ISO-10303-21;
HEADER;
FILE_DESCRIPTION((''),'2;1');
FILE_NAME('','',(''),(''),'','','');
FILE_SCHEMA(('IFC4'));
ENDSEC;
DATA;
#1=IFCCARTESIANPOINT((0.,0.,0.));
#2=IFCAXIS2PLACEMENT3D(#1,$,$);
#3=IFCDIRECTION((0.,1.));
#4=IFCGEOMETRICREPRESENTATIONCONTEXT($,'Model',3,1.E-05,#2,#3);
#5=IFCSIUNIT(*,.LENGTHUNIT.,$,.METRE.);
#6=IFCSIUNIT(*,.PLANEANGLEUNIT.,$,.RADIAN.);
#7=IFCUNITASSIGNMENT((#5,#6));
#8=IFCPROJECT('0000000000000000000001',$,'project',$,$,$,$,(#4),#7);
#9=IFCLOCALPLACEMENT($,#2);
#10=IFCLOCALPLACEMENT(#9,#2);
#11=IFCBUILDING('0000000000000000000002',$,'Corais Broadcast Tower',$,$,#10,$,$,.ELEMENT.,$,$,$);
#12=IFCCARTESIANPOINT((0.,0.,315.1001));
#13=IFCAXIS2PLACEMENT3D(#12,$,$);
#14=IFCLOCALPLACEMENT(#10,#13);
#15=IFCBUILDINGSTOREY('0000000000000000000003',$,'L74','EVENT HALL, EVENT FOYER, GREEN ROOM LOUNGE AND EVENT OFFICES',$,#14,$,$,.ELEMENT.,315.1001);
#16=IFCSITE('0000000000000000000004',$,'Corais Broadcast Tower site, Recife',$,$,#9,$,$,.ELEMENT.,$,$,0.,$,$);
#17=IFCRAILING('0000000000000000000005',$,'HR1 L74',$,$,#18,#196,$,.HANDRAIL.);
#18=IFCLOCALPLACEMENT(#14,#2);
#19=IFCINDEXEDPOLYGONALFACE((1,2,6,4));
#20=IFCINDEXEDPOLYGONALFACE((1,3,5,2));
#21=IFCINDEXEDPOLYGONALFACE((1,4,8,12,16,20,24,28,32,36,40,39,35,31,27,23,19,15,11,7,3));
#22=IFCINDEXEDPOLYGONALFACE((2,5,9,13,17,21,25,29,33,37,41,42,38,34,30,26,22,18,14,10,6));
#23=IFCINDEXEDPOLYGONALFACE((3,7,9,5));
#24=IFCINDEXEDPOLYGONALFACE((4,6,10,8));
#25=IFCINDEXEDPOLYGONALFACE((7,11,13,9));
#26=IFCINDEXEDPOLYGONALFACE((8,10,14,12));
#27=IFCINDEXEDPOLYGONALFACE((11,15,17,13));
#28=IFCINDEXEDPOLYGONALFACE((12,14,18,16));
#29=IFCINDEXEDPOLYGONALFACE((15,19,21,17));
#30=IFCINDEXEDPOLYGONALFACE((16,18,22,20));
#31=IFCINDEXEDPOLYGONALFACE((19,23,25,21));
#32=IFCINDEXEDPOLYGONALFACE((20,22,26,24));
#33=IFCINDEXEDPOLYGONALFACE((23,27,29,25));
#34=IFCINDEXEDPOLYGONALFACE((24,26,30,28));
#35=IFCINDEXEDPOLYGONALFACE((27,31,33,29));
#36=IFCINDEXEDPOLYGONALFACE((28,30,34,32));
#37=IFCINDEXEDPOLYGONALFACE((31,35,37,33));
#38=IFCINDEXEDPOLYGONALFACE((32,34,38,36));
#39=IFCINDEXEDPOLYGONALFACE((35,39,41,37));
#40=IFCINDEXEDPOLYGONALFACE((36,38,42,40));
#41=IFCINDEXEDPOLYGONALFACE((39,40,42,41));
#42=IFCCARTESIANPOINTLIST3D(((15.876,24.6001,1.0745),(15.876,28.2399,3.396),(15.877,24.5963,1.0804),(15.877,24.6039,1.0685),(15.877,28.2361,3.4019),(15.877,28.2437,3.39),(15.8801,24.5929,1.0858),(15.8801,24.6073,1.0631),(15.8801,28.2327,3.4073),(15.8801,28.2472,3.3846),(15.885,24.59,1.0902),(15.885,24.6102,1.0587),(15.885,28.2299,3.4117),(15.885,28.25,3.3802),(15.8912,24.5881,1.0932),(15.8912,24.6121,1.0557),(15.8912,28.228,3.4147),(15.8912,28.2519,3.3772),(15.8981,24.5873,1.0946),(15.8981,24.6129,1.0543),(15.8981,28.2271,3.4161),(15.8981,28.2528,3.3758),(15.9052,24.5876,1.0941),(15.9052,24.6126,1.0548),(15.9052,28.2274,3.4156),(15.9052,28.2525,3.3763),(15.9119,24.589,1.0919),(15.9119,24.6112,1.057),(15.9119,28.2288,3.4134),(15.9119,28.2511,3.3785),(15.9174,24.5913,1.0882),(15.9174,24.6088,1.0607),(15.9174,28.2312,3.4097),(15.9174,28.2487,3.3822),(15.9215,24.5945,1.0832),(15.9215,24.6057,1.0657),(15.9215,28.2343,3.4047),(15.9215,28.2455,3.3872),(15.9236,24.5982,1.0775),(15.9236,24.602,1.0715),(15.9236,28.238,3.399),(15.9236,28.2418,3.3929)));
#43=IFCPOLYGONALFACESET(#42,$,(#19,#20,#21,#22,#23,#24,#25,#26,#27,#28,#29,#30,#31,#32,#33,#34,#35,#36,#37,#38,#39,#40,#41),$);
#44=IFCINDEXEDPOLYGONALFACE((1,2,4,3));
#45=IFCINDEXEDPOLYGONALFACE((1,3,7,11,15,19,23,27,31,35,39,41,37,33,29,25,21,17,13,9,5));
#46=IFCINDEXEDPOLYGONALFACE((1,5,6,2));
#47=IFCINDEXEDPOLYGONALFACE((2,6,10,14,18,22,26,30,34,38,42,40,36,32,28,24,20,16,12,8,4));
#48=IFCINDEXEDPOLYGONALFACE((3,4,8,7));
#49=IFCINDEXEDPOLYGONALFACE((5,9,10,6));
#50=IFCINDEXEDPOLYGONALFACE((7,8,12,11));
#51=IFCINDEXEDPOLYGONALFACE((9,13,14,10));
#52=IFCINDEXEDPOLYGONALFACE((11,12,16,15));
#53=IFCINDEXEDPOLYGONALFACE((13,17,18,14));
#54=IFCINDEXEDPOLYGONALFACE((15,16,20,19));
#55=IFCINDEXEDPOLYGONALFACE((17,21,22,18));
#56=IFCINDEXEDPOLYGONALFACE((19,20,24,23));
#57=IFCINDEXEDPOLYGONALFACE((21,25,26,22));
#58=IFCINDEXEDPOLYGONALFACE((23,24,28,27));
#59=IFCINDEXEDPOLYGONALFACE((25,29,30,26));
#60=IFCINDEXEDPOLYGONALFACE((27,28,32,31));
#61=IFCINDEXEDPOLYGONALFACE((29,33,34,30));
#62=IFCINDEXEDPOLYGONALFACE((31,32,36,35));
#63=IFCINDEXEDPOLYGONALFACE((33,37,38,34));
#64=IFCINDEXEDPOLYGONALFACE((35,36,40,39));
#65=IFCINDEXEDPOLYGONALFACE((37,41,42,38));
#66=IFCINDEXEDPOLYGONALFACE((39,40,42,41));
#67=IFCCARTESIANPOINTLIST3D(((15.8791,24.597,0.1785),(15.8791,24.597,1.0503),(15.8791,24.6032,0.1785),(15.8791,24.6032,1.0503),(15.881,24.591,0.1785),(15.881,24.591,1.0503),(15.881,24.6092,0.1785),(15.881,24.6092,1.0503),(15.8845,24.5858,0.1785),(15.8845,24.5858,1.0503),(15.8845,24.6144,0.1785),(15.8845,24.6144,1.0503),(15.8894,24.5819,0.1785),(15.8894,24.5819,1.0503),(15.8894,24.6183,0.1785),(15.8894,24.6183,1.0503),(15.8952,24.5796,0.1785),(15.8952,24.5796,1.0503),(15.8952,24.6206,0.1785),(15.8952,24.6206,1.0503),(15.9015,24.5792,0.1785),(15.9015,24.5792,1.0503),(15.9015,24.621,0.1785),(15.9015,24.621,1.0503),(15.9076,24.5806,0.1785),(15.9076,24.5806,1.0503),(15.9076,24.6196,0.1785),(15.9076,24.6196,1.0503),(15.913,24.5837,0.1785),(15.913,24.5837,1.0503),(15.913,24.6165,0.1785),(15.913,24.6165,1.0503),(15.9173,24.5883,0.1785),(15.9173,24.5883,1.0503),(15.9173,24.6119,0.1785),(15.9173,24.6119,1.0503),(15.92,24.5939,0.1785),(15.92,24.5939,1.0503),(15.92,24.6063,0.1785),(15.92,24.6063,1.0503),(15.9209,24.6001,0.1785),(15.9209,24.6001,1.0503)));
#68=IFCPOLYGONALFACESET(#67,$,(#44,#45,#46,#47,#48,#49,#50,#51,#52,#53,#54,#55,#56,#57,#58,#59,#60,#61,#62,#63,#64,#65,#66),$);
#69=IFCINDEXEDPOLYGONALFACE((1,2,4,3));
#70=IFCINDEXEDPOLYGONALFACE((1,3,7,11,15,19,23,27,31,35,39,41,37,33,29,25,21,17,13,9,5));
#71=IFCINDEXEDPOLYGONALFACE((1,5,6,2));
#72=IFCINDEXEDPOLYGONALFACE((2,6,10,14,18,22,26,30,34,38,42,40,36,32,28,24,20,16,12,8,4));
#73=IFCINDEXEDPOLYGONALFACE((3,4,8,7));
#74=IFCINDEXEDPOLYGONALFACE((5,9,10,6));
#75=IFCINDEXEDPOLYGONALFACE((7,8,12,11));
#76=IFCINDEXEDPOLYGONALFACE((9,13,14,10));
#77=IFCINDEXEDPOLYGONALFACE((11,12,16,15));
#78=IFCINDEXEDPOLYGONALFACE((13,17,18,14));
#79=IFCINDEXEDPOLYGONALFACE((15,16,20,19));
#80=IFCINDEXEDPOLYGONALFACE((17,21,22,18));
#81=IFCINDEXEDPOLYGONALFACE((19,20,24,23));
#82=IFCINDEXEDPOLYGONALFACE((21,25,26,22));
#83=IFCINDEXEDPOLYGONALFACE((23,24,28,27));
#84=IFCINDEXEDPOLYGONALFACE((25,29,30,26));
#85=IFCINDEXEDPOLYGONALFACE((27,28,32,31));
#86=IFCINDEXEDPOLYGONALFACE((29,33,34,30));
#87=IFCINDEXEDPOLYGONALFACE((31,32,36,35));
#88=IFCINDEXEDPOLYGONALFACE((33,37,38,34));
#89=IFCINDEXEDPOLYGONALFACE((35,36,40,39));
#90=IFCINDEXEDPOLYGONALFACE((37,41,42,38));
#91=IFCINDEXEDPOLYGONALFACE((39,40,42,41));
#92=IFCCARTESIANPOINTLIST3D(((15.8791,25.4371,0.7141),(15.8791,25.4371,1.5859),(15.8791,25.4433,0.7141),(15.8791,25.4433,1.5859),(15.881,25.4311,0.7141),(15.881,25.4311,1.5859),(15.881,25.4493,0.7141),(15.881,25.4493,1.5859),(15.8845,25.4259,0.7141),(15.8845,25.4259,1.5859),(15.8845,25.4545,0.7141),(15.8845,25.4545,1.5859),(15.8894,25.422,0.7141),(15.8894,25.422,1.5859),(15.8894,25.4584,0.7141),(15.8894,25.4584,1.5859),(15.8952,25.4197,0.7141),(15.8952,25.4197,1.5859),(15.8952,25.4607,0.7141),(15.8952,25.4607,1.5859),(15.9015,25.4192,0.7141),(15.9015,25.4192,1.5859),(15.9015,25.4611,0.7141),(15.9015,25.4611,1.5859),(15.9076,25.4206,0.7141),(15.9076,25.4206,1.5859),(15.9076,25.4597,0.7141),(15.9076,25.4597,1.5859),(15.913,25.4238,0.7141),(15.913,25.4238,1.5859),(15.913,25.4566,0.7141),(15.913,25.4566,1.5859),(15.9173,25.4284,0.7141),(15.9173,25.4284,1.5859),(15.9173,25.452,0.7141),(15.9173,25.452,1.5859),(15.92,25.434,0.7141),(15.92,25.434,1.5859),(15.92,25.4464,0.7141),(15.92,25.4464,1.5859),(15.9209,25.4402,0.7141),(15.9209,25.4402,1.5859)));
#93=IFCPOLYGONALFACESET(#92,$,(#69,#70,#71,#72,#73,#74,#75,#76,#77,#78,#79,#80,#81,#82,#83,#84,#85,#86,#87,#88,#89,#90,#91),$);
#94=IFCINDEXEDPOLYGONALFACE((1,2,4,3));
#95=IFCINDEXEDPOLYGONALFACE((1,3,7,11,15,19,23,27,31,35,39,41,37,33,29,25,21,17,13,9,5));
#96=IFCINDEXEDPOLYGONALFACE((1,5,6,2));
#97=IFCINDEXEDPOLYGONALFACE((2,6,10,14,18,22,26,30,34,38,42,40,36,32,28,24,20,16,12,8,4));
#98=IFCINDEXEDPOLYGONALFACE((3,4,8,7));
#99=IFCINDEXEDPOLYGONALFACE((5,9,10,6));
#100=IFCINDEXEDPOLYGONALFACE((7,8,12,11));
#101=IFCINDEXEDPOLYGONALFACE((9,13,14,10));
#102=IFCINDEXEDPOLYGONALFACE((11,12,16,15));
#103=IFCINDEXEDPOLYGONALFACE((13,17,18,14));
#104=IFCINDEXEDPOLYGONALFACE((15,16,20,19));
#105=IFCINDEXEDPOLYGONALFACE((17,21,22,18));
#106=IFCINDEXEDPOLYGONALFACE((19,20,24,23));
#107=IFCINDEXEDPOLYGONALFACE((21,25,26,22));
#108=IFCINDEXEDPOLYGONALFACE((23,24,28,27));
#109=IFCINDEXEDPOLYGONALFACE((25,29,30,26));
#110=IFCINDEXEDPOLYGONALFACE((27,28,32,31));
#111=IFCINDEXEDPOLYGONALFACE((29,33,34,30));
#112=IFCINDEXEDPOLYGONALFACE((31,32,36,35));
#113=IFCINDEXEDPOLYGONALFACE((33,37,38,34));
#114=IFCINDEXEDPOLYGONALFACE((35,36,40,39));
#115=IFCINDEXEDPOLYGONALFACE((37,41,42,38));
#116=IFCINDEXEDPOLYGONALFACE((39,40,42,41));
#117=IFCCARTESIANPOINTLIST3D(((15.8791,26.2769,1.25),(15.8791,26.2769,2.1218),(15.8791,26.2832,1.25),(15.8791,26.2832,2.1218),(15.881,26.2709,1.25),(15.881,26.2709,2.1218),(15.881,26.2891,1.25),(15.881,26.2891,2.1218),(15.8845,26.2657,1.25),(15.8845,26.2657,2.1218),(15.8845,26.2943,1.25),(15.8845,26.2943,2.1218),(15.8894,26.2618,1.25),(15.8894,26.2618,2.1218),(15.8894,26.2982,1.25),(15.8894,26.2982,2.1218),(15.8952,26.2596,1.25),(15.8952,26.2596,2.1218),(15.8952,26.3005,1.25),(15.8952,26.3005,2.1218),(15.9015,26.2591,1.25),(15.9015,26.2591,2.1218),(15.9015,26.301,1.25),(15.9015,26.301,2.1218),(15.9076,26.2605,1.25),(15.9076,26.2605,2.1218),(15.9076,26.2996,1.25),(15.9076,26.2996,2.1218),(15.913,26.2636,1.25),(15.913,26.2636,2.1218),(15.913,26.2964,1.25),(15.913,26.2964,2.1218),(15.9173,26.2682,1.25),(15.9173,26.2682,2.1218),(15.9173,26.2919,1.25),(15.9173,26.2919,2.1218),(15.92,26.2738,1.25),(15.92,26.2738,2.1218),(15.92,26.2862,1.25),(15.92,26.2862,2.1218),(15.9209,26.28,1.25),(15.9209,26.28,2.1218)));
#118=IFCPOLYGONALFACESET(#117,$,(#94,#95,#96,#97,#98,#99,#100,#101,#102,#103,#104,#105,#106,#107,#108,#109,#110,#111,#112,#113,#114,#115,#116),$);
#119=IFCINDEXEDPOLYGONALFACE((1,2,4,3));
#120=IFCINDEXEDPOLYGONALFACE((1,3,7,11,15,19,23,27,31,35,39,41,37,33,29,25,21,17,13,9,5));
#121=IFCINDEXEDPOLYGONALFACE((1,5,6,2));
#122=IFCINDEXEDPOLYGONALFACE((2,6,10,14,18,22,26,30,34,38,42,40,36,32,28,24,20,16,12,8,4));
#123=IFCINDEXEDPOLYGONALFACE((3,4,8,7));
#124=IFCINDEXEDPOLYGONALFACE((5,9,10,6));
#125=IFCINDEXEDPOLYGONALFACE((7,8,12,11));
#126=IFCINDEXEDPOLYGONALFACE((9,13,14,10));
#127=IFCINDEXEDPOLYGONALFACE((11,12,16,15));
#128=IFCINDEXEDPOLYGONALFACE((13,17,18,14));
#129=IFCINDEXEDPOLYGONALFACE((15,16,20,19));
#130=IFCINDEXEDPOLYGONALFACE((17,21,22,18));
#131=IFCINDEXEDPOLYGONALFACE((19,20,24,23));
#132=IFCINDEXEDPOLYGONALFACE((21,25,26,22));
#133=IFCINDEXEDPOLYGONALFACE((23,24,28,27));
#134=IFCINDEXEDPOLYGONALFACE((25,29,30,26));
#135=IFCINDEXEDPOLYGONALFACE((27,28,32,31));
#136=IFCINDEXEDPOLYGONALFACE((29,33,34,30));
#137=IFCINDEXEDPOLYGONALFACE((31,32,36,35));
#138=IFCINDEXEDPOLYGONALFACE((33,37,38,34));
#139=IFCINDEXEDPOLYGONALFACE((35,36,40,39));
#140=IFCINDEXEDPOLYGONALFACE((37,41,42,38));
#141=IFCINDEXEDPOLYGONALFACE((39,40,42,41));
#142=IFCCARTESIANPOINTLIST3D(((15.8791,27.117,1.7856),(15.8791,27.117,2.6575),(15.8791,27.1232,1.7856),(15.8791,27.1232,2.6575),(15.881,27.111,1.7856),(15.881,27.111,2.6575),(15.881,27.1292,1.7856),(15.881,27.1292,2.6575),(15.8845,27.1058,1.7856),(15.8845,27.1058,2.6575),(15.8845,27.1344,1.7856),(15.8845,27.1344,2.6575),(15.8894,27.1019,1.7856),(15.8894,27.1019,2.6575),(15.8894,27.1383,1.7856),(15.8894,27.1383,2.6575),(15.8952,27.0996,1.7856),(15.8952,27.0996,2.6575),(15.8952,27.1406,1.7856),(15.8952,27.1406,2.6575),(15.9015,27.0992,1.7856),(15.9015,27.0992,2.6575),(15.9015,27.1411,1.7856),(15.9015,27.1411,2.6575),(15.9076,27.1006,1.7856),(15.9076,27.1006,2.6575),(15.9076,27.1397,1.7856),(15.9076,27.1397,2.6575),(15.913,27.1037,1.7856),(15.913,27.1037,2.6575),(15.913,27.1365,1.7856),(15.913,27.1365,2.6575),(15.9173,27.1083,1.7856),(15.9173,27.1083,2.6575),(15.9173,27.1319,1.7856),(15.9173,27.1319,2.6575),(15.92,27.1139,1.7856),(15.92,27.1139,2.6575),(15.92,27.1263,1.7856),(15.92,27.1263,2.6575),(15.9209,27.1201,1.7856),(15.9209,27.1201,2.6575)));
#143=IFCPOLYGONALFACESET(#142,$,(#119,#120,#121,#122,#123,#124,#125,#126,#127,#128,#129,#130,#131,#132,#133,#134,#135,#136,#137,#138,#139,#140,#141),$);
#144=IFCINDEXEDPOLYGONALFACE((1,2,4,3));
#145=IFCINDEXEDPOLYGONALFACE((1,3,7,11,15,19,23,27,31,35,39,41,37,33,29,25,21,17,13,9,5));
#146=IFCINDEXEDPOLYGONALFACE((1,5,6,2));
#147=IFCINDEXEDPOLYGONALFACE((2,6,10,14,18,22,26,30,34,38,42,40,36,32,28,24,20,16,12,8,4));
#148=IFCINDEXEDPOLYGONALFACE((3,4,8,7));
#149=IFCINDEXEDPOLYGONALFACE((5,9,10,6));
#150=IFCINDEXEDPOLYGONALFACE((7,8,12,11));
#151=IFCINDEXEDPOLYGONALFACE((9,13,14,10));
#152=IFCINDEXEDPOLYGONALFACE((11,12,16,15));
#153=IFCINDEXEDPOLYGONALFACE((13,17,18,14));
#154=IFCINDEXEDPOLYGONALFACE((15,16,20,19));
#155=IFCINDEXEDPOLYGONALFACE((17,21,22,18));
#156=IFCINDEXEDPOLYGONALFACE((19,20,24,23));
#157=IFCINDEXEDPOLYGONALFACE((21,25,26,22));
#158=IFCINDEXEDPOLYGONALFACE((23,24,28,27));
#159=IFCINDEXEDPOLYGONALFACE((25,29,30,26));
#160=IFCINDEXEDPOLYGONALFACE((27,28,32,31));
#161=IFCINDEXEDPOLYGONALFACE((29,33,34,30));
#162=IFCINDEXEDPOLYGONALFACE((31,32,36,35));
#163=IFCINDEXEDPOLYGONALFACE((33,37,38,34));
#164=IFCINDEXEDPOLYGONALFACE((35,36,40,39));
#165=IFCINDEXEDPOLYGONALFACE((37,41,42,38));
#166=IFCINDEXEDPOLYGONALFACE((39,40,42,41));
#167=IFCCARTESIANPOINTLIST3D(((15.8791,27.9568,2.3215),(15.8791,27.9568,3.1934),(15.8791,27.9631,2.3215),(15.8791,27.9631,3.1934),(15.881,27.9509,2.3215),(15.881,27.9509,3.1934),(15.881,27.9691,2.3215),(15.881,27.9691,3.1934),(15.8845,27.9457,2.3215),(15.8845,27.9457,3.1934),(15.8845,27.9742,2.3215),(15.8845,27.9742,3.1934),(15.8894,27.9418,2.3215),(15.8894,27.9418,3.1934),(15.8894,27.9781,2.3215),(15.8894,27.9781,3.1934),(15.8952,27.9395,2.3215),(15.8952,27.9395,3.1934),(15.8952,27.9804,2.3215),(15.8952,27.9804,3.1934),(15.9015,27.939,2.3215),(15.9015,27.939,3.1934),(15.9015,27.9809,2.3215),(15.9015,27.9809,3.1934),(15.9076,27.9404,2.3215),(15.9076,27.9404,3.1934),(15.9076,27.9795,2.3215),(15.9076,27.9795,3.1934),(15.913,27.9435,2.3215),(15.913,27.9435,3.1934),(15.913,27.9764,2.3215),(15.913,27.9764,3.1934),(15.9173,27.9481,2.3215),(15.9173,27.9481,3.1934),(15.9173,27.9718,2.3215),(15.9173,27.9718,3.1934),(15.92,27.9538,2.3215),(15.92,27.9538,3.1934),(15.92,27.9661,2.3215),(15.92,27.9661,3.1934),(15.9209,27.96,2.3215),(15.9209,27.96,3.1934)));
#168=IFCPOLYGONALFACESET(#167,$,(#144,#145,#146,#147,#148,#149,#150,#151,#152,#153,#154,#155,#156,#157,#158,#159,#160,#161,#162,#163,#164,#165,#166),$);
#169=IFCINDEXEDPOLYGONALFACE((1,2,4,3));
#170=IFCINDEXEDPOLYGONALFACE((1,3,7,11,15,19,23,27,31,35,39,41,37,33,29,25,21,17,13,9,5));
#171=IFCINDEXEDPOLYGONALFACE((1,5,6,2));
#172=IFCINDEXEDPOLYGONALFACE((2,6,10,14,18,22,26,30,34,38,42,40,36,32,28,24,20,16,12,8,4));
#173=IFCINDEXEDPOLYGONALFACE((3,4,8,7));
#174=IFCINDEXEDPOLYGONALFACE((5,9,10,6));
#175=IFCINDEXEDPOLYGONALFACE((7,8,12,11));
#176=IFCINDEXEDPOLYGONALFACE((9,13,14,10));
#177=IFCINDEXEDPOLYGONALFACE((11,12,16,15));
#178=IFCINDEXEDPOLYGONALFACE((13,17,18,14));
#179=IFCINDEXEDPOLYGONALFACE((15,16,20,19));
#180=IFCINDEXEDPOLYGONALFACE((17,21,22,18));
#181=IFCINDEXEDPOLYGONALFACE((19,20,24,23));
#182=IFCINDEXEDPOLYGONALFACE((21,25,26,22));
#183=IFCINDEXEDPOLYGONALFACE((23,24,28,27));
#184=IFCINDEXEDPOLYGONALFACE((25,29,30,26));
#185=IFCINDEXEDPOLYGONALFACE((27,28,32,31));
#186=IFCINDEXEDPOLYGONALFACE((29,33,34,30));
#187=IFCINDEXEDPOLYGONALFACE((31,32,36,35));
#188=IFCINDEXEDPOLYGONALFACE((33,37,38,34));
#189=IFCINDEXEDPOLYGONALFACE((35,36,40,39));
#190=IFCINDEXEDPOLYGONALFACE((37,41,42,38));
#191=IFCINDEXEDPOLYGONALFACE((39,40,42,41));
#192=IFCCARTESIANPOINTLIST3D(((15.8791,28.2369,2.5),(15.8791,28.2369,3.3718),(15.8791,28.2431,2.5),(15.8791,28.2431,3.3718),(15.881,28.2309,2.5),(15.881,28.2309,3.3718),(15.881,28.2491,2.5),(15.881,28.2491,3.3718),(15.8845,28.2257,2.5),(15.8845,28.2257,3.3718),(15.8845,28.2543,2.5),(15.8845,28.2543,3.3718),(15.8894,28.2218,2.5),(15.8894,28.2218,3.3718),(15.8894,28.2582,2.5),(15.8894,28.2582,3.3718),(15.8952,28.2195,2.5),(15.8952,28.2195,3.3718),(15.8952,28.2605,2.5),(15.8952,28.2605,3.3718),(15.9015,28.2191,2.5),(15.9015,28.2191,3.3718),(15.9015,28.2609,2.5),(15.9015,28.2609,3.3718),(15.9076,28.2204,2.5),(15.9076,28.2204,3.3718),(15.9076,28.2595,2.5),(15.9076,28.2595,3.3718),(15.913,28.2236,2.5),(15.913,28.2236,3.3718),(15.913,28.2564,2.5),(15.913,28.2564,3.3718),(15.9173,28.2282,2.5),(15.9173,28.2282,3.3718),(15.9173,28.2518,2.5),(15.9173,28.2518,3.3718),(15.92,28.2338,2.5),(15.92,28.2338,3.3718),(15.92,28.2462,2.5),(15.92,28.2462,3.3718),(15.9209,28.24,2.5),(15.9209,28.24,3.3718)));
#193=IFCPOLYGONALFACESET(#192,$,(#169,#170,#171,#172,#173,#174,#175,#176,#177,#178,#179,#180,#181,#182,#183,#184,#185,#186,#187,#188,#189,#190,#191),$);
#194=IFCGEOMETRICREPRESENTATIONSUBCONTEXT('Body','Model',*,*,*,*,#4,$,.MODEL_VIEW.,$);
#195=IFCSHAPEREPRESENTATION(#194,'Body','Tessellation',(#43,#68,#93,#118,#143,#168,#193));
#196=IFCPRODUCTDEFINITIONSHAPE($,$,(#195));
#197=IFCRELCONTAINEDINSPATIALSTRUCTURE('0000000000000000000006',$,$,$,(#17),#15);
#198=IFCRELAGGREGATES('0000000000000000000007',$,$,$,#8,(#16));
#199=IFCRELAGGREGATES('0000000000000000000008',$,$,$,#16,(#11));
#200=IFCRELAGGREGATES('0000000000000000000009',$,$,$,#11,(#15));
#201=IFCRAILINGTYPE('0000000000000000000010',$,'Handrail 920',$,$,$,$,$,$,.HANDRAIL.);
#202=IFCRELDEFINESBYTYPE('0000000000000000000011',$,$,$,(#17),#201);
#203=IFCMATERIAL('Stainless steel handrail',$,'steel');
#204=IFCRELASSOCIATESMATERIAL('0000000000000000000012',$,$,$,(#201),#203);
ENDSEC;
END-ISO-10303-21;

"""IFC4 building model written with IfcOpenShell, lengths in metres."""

from ifc_helpers import new_model, si_unit, direction, frame, origin, origin_2d, place, context, subcontext, project, spatial, circle, extrude, material, type_object, element, save


model = new_model("IFC4")

# Units and contexts
model_context = context("Model", 3, precision=1e-05, world=origin(), true_north=direction((0.0, 1.0)))
body_context = subcontext(model_context, "Body", "Model", "MODEL_VIEW")
ifc_project = project(units=[si_unit("LENGTHUNIT", "METRE"), si_unit("PLANEANGLEUNIT", "RADIAN")], contexts=[model_context])

# Site, building, storey
site_placement = place(None, origin())
site = spatial("IfcSite", under=ifc_project, at=site_placement, Name="Corais Broadcast Tower site, Recife", CompositionType="ELEMENT", RefElevation=0.0)
building_placement = place(site_placement, origin())
building = spatial("IfcBuilding", under=site, at=building_placement, Name="Corais Broadcast Tower", CompositionType="ELEMENT")
storey_placement = place(building_placement, frame((0.0, 0.0, 315.1001)))
storey = spatial("IfcBuildingStorey", under=building, at=storey_placement, Name="L74", Description="EVENT HALL, EVENT FOYER, GREEN ROOM LOUNGE AND EVENT OFFICES", CompositionType="ELEMENT", Elevation=315.1001)

# Railing
ifc_material_1 = material(Name="Stainless steel handrail", Category="steel")
railing_type = type_object("IfcRailingType", Name="Handrail 920", PredefinedType="HANDRAIL", material=ifc_material_1)
for number, where, name in (
    (1, (15.8999, 24.6001, 0.1785), "HR1 L74"),
):
    element("IfcRailing", number, at=place(storey_placement, frame(where)), inside=storey, type_object=railing_type, Name=name, PredefinedType="HANDRAIL", context=body_context, shape_type="SweptSolid", body=[
        extrude(circle(Radius=0.0239, at=origin_2d()), frame((0.0, 0.0, 0.896), z_axis=(0.0, 0.843112, 0.537739), x_axis=(-1.0, 0.0, 0.0)), (0.0, 0.0, 1.0), 4.3171),
        extrude(circle(Radius=0.021, at=origin_2d()), origin(), (0.0, 0.0, 1.0), 0.8718),
        extrude(circle(Radius=0.021, at=origin_2d()), frame((0.0, 0.8401, 0.5356)), (0.0, 0.0, 1.0), 0.8718),
        extrude(circle(Radius=0.021, at=origin_2d()), frame((0.0, 1.6799, 1.0715)), (0.0, 0.0, 1.0), 0.8718),
        extrude(circle(Radius=0.021, at=origin_2d()), frame((0.0, 2.52, 1.6072)), (0.0, 0.0, 1.0), 0.8718),
        extrude(circle(Radius=0.021, at=origin_2d()), frame((0.0, 3.3599, 2.1431)), (0.0, 0.0, 1.0), 0.8718),
        extrude(circle(Radius=0.021, at=origin_2d()), frame((0.0, 3.6399, 2.3215)), (0.0, 0.0, 1.0), 0.8718),
    ])

save(model, "model.ifc")
